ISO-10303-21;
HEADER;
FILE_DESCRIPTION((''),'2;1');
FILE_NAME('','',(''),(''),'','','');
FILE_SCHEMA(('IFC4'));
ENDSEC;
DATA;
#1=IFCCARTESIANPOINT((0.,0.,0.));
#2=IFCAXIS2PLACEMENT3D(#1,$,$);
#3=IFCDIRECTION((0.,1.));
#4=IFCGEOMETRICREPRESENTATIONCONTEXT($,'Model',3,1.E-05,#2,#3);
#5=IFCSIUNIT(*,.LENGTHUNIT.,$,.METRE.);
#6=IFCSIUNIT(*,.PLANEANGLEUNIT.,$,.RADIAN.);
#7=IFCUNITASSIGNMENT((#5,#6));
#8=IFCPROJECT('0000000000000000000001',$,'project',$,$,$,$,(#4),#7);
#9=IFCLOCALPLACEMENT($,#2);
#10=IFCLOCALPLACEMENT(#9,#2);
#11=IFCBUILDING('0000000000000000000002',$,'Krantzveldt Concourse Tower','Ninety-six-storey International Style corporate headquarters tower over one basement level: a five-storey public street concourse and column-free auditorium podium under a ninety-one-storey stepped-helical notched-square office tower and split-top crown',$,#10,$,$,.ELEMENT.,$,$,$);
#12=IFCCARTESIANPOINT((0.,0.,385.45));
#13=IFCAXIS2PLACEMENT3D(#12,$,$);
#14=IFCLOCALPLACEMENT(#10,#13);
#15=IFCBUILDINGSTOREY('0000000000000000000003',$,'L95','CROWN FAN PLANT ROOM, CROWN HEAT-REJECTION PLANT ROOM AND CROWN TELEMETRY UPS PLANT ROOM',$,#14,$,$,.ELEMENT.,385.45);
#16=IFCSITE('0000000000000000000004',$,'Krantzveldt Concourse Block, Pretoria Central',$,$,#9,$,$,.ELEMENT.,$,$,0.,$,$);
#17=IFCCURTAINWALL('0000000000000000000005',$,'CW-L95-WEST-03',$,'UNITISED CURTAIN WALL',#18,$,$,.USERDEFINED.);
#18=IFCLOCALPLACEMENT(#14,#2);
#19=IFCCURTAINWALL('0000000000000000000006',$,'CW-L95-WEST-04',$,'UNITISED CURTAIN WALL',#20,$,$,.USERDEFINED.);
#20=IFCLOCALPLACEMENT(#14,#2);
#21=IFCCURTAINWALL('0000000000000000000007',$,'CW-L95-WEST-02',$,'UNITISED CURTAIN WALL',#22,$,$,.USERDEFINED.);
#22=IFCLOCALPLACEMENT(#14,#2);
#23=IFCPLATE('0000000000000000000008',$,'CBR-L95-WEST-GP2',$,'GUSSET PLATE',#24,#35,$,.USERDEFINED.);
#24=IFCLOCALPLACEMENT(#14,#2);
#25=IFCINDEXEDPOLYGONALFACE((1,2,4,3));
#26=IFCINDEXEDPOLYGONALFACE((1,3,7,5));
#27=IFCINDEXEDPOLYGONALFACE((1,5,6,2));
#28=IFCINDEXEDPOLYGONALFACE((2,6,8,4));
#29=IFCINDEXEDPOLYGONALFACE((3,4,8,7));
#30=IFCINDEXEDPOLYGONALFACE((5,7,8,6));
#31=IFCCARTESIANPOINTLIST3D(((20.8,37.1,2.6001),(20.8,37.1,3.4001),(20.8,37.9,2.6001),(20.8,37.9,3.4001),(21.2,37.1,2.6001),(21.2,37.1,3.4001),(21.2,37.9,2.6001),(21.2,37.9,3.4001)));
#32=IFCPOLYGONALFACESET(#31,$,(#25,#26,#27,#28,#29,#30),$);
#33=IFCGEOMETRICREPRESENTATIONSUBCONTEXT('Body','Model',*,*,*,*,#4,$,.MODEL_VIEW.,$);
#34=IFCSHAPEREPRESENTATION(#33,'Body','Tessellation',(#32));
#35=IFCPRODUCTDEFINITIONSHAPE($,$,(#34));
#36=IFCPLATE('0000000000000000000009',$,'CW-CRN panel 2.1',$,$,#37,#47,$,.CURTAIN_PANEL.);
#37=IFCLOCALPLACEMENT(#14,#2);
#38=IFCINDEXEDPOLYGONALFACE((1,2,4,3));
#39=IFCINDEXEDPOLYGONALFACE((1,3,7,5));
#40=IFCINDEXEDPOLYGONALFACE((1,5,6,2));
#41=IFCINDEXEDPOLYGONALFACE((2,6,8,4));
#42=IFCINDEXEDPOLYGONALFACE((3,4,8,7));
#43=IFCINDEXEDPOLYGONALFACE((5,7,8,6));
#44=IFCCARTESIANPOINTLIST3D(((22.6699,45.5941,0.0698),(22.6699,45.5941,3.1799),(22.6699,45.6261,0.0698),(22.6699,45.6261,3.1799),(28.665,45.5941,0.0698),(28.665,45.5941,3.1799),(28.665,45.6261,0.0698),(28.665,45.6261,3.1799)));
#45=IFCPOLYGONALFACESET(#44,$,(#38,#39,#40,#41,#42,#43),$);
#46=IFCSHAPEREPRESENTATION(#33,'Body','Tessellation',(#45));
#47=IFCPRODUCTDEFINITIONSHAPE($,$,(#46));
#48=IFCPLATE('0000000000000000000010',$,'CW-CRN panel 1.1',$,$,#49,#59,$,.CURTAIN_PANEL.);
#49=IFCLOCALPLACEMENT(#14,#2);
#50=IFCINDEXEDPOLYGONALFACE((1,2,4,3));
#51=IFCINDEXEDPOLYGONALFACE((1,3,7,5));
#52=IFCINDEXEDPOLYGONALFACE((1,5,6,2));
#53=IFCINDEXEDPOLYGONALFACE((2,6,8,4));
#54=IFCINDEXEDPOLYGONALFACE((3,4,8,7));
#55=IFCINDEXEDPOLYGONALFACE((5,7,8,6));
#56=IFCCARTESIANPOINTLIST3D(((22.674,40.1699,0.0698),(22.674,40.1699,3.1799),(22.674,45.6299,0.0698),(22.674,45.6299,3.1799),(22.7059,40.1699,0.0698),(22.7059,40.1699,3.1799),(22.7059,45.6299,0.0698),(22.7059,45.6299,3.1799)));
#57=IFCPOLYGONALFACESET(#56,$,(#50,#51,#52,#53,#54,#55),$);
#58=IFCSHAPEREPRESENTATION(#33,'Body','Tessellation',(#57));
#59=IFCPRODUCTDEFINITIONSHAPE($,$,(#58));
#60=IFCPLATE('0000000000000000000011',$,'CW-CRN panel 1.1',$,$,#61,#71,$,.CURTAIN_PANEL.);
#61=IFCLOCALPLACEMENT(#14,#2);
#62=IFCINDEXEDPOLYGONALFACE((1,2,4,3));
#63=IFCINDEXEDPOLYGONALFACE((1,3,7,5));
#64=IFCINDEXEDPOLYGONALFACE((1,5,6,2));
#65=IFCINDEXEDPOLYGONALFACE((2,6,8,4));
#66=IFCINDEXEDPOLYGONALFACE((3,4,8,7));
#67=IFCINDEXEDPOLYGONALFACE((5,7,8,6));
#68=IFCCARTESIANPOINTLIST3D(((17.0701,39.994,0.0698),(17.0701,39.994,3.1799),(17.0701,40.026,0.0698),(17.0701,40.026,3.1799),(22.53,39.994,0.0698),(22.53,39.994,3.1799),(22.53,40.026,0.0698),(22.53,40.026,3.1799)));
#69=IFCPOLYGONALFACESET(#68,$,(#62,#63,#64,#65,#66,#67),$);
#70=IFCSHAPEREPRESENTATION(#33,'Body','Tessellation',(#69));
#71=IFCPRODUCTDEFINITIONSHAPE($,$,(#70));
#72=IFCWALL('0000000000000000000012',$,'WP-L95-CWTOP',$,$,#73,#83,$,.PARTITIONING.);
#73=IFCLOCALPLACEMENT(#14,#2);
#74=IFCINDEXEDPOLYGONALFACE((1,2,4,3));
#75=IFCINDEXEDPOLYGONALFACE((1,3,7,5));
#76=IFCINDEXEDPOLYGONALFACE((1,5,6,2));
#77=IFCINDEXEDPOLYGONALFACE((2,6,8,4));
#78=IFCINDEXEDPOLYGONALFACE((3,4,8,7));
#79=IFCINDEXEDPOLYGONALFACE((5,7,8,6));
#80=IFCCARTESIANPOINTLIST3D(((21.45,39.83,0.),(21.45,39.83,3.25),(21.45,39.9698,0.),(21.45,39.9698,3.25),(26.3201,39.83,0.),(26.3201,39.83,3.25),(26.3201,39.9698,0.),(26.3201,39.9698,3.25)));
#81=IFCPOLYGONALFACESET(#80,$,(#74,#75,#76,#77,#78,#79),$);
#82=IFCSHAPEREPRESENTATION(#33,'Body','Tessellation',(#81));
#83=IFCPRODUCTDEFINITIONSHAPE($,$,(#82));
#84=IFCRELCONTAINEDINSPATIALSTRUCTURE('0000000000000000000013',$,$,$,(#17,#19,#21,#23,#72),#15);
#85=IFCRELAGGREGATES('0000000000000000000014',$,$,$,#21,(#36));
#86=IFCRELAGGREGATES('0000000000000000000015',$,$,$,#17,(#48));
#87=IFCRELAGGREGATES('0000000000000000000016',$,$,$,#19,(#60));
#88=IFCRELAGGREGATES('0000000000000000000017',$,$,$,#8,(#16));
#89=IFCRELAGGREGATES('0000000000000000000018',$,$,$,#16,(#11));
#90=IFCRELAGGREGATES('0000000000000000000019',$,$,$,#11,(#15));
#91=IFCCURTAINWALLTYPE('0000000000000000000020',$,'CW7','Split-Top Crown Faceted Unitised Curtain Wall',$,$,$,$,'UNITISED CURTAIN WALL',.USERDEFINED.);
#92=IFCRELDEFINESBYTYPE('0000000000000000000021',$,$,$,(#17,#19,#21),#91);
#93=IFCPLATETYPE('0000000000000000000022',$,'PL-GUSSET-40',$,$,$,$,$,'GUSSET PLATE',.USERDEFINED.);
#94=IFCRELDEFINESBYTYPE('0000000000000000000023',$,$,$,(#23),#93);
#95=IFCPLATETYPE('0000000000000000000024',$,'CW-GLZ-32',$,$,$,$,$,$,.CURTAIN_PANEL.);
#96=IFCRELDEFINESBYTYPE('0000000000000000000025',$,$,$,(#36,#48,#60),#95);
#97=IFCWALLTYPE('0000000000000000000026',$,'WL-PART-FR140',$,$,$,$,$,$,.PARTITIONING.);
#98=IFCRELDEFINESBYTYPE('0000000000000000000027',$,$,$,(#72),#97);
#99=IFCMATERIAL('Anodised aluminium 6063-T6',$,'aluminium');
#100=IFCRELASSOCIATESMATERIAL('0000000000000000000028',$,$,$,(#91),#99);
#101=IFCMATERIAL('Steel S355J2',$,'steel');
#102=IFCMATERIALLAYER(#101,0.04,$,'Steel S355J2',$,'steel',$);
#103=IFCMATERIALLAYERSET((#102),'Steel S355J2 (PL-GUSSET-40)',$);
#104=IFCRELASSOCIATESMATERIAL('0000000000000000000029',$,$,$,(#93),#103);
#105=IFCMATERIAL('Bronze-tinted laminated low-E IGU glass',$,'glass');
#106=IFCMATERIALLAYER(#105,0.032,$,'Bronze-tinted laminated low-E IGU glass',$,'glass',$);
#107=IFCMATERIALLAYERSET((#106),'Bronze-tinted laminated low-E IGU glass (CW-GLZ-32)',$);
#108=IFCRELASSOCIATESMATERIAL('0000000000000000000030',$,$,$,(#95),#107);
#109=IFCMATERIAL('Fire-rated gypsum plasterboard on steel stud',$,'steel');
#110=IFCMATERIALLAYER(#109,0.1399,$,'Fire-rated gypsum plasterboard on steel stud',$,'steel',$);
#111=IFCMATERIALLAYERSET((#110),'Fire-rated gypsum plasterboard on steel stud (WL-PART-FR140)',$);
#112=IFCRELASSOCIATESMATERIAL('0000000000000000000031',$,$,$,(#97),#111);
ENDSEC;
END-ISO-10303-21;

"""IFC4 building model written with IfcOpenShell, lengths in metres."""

from ifc_helpers import new_model, si_unit, direction, frame, frame_2d, origin, origin_2d, place, context, subcontext, project, spatial, rectangle, extrude, source, transform, mapped, material, layer, layer_set, type_object, type_shapes, element, aggregate, save


model = new_model("IFC4")

# Units and contexts
model_context = context("Model", 3, precision=1e-05, world=origin(), true_north=direction((0.0, 1.0)))
body_context = subcontext(model_context, "Body", "Model", "MODEL_VIEW")
ifc_project = project(units=[si_unit("LENGTHUNIT", "METRE"), si_unit("PLANEANGLEUNIT", "RADIAN")], contexts=[model_context])

# Site, building, storey
site_placement = place(None, origin())
site = spatial("IfcSite", under=ifc_project, at=site_placement, Name="Krantzveldt Concourse Block, Pretoria Central", CompositionType="ELEMENT", RefElevation=0.0)
building_placement = place(site_placement, origin())
building = spatial("IfcBuilding", under=site, at=building_placement, Name="Krantzveldt Concourse Tower", Description="Ninety-six-storey International Style corporate headquarters tower over one basement level: a five-storey public street concourse and column-free auditorium podium under a ninety-one-storey stepped-helical notched-square office tower and split-top crown", CompositionType="ELEMENT")
storey_placement = place(building_placement, frame((0.0, 0.0, 385.45)))
storey = spatial("IfcBuildingStorey", under=building, at=storey_placement, Name="L95", Description="CROWN FAN PLANT ROOM, CROWN HEAT-REJECTION PLANT ROOM AND CROWN TELEMETRY UPS PLANT ROOM", CompositionType="ELEMENT", Elevation=385.45)

# Shared definitions
ifc_material_1 = material(Name="Steel S355J2", Category="steel")

# Curtain walls
ifc_material_2 = material(Name="Anodised aluminium 6063-T6", Category="aluminium")
curtain_wall_type = type_object("IfcCurtainWallType", Name="CW7", Description="Split-Top Crown Faceted Unitised Curtain Wall", ElementType="UNITISED CURTAIN WALL", PredefinedType="USERDEFINED", material=ifc_material_2)
curtain_wall_1_placement = place(storey_placement, origin())
curtain_wall_1 = element("IfcCurtainWall", 1, at=curtain_wall_1_placement, inside=storey, type_object=curtain_wall_type, Name="CW-L95-WEST-03", ObjectType="UNITISED CURTAIN WALL", PredefinedType="USERDEFINED")
curtain_wall_2_placement = place(storey_placement, origin())
curtain_wall_2 = element("IfcCurtainWall", 2, at=curtain_wall_2_placement, inside=storey, type_object=curtain_wall_type, Name="CW-L95-WEST-04", ObjectType="UNITISED CURTAIN WALL", PredefinedType="USERDEFINED")

# Curtain wall
curtain_wall_3_placement = place(storey_placement, origin())
curtain_wall_3 = element("IfcCurtainWall", 3, at=curtain_wall_3_placement, inside=storey, type_object=curtain_wall_type, Name="CW-L95-WEST-02", ObjectType="UNITISED CURTAIN WALL", PredefinedType="USERDEFINED")

# Plates
ifc_layer_1 = layer(ifc_material_1, 0.04, Name="Steel S355J2", Category="steel")
ifc_layer_set_1 = layer_set([ifc_layer_1], Name="Steel S355J2 (PL-GUSSET-40)")
plate_type_1 = type_object("IfcPlateType", Name="PL-GUSSET-40", ElementType="GUSSET PLATE", PredefinedType="USERDEFINED", material=ifc_layer_set_1)
shared_shape_1 = source(origin(), body_context, "Body", "SweptSolid", [
    extrude(rectangle(XDim=0.3999, YDim=0.8, at=origin_2d()), origin(), (0.0, 0.0, 1.0), 0.8),
])
type_shapes(plate_type_1, [shared_shape_1])
plate_1_placement = place(storey_placement, frame((21.0, 37.5, 2.6001), z_axis=(0.0, 0.0, 1.0), x_axis=(1.0, 0.0, 0.0)))
element("IfcPlate", 4, at=plate_1_placement, inside=storey, type_object=plate_type_1, Name="CBR-L95-WEST-GP2", ObjectType="GUSSET PLATE", PredefinedType="USERDEFINED", context=body_context, shape_type="MappedRepresentation", body=[
    mapped(shared_shape_1, transform((0.0, 0.0, 0.0), x_axis=(1.0, 0.0, 0.0), y_axis=(0.0, 1.0, 0.0), z_axis=(0.0, 0.0, 1.0), scale=1.0)),
])
ifc_material_3 = material(Name="Bronze-tinted laminated low-E IGU glass", Category="glass")
ifc_layer_2 = layer(ifc_material_3, 0.032, Name="Bronze-tinted laminated low-E IGU glass", Category="glass")
ifc_layer_set_2 = layer_set([ifc_layer_2], Name="Bronze-tinted laminated low-E IGU glass (CW-GLZ-32)")
plate_type_2 = type_object("IfcPlateType", Name="CW-GLZ-32", PredefinedType="CURTAIN_PANEL", material=ifc_layer_set_2)
shared_shape_2 = source(origin(), body_context, "Body", "SweptSolid", [
    extrude(rectangle(XDim=5.9951, YDim=0.032, at=origin_2d()), origin(), (0.0, 0.0, 1.0), 3.1101),
])
plate_2_placement = place(storey_placement, frame((25.6675, 45.6101, 0.0698), z_axis=(0.0, 0.0, 1.0), x_axis=(-1.0, 0.0, 0.0)))
plate_2 = element("IfcPlate", 5, at=plate_2_placement, type_object=plate_type_2, Name="CW-CRN panel 2.1", PredefinedType="CURTAIN_PANEL", context=body_context, shape_type="MappedRepresentation", body=[
    mapped(shared_shape_2, transform((0.0, 0.0, 0.0), x_axis=(1.0, 0.0, 0.0), y_axis=(0.0, 1.0, 0.0), z_axis=(0.0, 0.0, 1.0), scale=1.0)),
])
aggregate(curtain_wall_3, [plate_2])
shared_shape_3 = source(origin(), body_context, "Body", "SweptSolid", [
    extrude(rectangle(XDim=5.46, YDim=0.032, at=origin_2d()), origin(), (0.0, 0.0, 1.0), 3.1101),
])
type_shapes(plate_type_2, [shared_shape_2, shared_shape_3])
plate_3_placement = place(storey_placement, frame((22.6899, 42.8999, 0.0698), z_axis=(0.0, 0.0, 1.0), x_axis=(0.0, -1.0, 0.0)))
plate_3 = element("IfcPlate", 6, at=plate_3_placement, type_object=plate_type_2, Name="CW-CRN panel 1.1", PredefinedType="CURTAIN_PANEL", context=body_context, shape_type="MappedRepresentation", body=[
    mapped(shared_shape_3, transform((0.0, 0.0, 0.0), x_axis=(1.0, 0.0, 0.0), y_axis=(0.0, 1.0, 0.0), z_axis=(0.0, 0.0, 1.0), scale=1.0)),
])
aggregate(curtain_wall_1, [plate_3])
plate_4_placement = place(storey_placement, frame((19.8, 40.01, 0.0698), z_axis=(0.0, 0.0, 1.0), x_axis=(-1.0, 0.0, 0.0)))
plate_4 = element("IfcPlate", 7, at=plate_4_placement, type_object=plate_type_2, Name="CW-CRN panel 1.1", PredefinedType="CURTAIN_PANEL", context=body_context, shape_type="MappedRepresentation", body=[
    mapped(shared_shape_3, transform((0.0, 0.0, 0.0), x_axis=(1.0, 0.0, 0.0), y_axis=(0.0, 1.0, 0.0), z_axis=(0.0, 0.0, 1.0), scale=1.0)),
])
aggregate(curtain_wall_2, [plate_4])

# Wall
ifc_material_4 = material(Name="Fire-rated gypsum plasterboard on steel stud", Category="steel")
ifc_layer_3 = layer(ifc_material_4, 0.1399, Name="Fire-rated gypsum plasterboard on steel stud", Category="steel")
ifc_layer_set_3 = layer_set([ifc_layer_3], Name="Fire-rated gypsum plasterboard on steel stud (WL-PART-FR140)")
wall_type = type_object("IfcWallType", Name="WL-PART-FR140", PredefinedType="PARTITIONING", material=ifc_layer_set_3)
wall_placement = place(storey_placement, frame((21.45, 39.8999, 0.0), z_axis=(0.0, 0.0, 1.0), x_axis=(1.0, 0.0, 0.0)))
element("IfcWall", 8, at=wall_placement, inside=storey, type_object=wall_type, Name="WP-L95-CWTOP", PredefinedType="PARTITIONING", context=body_context, shape_type="SweptSolid", body=[
    extrude(rectangle(XDim=4.8701, YDim=0.1399, at=frame_2d((2.4351, 0.0))), origin(), (0.0, 0.0, 1.0), 3.25),
])

save(model, "model.ifc")
